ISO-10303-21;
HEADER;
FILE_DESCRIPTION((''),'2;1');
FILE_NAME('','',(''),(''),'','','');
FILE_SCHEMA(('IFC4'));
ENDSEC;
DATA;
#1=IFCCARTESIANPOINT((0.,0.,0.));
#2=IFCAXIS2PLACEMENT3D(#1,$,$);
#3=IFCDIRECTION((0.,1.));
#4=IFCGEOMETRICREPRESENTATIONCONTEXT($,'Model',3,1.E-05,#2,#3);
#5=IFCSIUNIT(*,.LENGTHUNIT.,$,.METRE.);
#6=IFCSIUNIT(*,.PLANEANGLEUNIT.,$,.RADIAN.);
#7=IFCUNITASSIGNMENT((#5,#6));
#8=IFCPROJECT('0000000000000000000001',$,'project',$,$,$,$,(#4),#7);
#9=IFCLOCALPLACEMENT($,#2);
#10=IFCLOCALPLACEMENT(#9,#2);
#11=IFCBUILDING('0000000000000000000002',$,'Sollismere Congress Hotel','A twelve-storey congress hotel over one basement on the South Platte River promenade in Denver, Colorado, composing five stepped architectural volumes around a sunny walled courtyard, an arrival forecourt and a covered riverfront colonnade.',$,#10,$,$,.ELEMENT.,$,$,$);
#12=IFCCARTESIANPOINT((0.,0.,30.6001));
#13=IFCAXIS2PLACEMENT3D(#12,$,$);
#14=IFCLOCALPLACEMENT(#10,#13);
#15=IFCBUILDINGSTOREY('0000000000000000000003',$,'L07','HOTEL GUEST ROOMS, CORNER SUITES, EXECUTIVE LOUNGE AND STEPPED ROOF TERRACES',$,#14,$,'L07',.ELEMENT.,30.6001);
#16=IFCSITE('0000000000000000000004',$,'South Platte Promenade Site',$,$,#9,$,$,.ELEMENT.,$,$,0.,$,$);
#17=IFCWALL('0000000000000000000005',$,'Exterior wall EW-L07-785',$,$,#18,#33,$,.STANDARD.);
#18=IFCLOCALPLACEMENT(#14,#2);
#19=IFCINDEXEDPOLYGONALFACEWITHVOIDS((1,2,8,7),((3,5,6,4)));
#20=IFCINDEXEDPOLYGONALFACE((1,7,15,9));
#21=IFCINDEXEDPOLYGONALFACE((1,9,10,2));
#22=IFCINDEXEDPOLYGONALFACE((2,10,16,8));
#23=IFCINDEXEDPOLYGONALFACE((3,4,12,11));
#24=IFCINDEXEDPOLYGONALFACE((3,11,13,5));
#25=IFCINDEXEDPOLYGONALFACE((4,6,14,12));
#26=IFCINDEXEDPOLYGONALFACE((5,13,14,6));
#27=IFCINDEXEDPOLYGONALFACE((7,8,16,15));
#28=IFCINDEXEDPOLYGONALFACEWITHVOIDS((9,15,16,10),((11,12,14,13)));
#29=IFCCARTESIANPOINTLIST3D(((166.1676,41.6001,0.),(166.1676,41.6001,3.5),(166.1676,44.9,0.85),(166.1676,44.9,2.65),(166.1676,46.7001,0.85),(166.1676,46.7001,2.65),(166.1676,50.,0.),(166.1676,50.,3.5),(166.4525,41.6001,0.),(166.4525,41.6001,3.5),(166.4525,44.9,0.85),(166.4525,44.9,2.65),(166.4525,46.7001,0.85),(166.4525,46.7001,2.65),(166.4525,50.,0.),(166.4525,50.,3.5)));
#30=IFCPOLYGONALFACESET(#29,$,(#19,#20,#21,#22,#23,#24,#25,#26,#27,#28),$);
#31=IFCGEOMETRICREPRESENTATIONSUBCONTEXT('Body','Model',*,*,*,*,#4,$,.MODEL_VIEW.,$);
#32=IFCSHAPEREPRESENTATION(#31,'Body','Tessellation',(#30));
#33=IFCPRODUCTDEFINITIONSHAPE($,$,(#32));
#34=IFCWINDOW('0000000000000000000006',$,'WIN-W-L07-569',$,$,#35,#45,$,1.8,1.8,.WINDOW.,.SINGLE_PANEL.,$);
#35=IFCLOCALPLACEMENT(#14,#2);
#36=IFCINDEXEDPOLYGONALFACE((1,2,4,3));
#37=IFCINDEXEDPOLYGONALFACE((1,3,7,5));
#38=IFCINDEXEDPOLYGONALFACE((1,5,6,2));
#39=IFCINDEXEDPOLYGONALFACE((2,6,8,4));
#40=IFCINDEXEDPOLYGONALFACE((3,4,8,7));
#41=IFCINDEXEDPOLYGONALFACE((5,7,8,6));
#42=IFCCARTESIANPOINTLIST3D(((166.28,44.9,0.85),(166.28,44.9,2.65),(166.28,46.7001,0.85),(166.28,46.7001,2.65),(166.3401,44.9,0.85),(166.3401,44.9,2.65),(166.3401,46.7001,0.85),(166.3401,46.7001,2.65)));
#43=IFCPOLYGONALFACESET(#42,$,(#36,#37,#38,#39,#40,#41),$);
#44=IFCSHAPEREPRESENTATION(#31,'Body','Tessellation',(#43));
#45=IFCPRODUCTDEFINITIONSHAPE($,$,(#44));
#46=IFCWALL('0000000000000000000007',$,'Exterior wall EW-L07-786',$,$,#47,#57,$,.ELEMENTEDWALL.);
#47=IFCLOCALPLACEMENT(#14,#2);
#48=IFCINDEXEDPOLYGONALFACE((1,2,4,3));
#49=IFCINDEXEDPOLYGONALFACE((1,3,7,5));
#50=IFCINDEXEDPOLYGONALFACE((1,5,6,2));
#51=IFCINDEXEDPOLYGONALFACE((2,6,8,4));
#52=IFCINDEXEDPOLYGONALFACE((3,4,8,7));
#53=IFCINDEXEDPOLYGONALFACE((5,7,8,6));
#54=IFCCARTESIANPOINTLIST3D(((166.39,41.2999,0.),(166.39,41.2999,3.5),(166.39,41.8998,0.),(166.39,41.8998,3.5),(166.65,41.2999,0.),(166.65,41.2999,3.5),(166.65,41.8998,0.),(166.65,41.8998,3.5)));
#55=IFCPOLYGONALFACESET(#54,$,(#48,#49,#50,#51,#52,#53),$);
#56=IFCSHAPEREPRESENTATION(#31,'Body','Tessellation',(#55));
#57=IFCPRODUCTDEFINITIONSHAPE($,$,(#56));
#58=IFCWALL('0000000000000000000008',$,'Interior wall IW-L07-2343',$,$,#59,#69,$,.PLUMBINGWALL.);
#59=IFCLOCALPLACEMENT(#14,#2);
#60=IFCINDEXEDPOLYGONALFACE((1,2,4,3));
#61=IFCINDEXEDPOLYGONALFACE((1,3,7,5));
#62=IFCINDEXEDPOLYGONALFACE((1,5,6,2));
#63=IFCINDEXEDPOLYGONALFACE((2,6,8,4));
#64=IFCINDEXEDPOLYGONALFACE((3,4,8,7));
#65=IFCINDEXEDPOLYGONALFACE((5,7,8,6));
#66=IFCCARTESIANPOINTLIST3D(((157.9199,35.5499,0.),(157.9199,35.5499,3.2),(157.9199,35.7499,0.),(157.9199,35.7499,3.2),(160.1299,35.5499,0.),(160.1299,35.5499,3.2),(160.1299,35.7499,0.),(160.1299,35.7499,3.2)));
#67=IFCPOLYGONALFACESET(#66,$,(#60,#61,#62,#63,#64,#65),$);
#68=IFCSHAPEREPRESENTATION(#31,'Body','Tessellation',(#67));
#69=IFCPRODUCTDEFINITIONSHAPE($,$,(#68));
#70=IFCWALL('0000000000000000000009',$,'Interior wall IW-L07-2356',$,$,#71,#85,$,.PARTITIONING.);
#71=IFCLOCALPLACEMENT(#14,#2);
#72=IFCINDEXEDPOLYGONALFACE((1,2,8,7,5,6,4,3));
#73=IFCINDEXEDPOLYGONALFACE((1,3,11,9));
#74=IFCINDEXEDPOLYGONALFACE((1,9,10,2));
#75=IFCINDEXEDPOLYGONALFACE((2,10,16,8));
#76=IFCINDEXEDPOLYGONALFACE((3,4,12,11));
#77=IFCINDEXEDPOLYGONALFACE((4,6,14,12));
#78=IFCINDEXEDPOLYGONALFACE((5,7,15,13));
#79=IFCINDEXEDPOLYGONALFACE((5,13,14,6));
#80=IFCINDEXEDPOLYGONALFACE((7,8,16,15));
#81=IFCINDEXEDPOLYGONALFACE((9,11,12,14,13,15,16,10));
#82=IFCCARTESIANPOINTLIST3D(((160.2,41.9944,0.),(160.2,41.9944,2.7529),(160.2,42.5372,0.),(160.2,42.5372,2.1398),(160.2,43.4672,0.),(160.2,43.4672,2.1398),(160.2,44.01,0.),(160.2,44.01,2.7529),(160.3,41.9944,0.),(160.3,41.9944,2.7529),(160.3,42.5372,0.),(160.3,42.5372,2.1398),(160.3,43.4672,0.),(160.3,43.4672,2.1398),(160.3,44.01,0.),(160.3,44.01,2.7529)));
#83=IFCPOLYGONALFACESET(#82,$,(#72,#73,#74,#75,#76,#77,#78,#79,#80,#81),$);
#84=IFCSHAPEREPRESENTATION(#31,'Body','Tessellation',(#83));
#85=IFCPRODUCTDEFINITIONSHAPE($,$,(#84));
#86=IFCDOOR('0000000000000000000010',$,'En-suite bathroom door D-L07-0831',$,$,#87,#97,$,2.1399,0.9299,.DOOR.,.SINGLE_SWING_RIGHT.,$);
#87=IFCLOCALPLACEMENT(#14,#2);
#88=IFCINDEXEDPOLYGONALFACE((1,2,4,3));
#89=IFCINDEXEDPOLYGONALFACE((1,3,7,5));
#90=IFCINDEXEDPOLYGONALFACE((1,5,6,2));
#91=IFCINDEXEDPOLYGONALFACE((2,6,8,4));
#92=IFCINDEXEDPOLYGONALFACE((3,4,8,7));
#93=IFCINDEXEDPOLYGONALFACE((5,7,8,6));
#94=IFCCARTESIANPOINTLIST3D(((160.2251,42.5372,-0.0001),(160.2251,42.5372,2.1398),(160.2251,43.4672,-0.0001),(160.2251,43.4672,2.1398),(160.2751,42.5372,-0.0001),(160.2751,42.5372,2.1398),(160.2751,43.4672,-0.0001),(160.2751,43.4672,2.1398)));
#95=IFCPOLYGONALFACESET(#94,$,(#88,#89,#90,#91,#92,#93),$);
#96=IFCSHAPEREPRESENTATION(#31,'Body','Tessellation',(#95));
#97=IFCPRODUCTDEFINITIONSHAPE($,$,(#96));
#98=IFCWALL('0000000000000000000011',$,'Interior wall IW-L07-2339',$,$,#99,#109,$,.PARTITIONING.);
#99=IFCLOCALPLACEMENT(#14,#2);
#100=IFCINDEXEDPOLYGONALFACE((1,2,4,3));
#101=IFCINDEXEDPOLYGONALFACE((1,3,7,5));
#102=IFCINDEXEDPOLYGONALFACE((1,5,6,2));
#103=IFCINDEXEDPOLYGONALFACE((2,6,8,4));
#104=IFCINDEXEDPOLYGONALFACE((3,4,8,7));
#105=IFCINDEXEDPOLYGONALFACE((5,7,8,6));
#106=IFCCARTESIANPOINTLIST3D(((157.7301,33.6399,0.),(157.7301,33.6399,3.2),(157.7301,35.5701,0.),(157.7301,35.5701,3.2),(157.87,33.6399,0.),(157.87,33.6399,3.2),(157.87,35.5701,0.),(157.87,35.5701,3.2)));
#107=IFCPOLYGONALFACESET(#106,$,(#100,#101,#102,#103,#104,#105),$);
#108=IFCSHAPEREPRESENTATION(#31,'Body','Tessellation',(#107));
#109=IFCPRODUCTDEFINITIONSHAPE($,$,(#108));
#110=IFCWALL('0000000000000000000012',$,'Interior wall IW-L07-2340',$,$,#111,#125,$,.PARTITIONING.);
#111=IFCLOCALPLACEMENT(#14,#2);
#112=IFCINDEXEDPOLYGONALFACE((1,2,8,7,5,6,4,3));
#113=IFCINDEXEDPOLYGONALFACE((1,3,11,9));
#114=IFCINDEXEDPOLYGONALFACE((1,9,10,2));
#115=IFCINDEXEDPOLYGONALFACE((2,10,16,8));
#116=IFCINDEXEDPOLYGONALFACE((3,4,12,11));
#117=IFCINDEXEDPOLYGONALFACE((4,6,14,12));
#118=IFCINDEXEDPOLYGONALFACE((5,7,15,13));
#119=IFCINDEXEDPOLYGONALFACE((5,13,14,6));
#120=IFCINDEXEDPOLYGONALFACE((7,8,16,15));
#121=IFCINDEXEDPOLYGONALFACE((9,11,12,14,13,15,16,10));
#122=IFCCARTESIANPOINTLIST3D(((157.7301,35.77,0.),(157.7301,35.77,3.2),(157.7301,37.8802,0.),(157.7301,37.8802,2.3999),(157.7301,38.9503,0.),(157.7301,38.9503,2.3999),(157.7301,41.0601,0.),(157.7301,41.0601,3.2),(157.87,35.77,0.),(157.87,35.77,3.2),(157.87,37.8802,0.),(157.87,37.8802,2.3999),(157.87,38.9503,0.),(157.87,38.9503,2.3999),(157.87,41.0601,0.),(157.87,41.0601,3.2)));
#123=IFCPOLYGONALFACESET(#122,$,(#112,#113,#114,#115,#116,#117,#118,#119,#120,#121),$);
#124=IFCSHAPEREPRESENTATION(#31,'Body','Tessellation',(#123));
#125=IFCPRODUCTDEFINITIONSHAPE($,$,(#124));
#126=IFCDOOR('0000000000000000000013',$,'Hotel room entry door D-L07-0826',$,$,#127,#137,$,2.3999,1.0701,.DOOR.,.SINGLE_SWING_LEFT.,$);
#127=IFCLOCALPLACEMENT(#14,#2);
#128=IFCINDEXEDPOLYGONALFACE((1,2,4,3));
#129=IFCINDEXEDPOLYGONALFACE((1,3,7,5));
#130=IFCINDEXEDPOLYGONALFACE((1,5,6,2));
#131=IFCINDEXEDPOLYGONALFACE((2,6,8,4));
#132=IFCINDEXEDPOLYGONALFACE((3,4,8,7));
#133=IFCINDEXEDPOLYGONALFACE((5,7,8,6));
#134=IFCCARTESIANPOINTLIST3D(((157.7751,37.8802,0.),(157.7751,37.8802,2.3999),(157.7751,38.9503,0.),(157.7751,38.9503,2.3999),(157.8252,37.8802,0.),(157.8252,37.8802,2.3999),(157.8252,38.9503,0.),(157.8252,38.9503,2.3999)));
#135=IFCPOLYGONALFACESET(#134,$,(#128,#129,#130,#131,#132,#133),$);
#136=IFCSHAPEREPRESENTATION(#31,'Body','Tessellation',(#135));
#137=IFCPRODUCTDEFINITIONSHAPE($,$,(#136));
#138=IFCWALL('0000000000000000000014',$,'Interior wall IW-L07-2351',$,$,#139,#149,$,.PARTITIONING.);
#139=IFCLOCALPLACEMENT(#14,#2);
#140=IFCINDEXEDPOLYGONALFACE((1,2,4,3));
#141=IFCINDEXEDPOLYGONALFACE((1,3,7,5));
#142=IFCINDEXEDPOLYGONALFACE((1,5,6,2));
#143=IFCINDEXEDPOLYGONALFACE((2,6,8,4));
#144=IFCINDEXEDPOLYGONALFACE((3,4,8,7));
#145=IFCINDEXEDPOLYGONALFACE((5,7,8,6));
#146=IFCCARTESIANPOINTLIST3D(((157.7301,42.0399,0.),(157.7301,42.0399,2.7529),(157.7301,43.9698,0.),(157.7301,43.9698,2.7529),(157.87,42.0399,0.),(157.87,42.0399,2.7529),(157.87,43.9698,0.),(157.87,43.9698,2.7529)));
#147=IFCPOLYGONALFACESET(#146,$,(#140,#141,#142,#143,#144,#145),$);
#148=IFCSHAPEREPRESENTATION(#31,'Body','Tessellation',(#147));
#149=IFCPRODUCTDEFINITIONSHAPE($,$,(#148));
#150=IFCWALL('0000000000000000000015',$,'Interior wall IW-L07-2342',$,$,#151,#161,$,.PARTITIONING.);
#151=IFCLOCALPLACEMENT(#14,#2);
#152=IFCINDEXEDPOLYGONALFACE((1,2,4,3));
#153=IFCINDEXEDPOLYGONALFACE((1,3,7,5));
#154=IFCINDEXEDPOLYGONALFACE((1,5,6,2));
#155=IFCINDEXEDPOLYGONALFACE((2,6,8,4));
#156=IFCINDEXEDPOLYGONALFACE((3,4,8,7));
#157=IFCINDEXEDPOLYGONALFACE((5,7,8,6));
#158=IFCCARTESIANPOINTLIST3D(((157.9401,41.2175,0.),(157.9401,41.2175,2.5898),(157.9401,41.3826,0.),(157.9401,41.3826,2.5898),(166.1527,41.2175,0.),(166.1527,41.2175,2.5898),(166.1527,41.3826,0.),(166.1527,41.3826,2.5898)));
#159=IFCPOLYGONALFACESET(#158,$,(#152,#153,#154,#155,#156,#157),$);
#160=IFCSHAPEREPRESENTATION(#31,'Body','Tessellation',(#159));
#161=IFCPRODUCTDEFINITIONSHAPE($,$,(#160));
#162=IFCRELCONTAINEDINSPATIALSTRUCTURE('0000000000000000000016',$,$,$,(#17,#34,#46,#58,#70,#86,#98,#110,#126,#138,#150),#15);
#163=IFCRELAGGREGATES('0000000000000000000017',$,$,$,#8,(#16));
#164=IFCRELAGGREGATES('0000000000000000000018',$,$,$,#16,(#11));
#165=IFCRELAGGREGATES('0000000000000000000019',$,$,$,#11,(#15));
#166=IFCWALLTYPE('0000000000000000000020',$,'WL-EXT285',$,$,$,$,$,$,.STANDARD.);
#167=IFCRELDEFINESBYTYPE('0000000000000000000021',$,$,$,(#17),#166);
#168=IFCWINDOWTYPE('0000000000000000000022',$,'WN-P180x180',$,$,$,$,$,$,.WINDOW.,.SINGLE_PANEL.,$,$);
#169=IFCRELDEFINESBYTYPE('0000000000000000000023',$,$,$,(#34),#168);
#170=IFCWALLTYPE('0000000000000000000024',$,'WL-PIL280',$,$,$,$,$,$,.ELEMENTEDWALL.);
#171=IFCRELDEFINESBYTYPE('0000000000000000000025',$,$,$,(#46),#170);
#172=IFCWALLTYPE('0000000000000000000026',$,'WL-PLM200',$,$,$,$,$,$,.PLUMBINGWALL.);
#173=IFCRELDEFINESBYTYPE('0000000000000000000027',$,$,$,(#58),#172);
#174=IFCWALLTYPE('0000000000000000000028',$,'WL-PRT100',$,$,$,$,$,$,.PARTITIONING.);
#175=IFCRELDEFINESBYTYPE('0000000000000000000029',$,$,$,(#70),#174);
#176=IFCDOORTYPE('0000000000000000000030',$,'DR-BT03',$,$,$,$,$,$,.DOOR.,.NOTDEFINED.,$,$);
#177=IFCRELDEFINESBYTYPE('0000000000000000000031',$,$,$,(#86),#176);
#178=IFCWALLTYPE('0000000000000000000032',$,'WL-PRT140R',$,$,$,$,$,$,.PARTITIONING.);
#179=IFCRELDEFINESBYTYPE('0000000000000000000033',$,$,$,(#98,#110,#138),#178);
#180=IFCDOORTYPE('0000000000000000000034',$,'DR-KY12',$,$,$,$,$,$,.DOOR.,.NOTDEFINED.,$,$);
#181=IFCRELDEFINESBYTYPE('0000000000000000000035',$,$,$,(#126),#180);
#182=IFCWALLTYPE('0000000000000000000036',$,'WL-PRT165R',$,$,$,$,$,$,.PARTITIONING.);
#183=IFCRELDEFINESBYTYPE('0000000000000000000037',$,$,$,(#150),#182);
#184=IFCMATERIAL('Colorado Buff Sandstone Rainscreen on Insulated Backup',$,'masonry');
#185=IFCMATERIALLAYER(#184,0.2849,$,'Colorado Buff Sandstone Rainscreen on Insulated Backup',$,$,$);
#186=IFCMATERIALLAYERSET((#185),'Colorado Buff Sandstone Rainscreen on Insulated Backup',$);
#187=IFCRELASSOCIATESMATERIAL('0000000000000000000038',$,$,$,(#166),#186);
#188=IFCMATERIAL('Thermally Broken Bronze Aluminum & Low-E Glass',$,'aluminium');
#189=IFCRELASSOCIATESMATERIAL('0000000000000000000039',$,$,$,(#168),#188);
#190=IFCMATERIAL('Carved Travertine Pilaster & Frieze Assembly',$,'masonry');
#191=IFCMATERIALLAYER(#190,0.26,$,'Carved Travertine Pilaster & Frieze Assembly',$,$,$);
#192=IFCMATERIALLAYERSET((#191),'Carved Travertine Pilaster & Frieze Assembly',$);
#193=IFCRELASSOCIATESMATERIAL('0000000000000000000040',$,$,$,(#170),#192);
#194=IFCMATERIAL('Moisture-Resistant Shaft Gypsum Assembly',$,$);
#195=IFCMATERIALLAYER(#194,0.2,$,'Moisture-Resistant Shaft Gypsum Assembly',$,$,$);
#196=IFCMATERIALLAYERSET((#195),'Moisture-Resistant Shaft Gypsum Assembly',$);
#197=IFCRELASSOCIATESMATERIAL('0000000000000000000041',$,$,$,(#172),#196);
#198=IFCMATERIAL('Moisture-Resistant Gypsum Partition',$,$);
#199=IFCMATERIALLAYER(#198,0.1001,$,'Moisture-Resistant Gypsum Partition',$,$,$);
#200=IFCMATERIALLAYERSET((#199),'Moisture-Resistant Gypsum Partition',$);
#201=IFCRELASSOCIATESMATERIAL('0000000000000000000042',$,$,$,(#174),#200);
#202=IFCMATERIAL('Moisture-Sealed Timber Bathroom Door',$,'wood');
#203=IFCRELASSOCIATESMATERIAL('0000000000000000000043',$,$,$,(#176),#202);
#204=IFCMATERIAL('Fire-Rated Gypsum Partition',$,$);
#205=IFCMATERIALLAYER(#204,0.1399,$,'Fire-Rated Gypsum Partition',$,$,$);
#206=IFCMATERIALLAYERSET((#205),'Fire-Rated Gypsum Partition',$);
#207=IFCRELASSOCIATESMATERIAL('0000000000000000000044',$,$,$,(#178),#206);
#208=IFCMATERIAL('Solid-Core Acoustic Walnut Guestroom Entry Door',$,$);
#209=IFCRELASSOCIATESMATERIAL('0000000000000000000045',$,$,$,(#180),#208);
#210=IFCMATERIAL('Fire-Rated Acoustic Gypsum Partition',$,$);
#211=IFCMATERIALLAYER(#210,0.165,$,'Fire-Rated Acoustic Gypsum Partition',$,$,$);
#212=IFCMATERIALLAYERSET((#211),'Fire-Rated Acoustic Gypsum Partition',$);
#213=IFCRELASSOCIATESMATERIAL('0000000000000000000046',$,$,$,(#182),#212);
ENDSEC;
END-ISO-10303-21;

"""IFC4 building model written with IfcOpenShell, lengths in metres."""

from ifc_helpers import new_model, si_unit, direction, frame, frame_2d, origin, place, context, subcontext, project, spatial, rectangle, extrude, material, layer, layer_set, type_object, element, fill, save


model = new_model("IFC4")

# Units and contexts
model_context = context("Model", 3, precision=1e-05, world=origin(), true_north=direction((0.0, 1.0)))
body_context = subcontext(model_context, "Body", "Model", "MODEL_VIEW")
ifc_project = project(units=[si_unit("LENGTHUNIT", "METRE"), si_unit("PLANEANGLEUNIT", "RADIAN")], contexts=[model_context])

# Site, building, storey
site_placement = place(None, origin())
site = spatial("IfcSite", under=ifc_project, at=site_placement, Name="South Platte Promenade Site", CompositionType="ELEMENT", RefElevation=0.0)
building_placement = place(site_placement, origin())
building = spatial("IfcBuilding", under=site, at=building_placement, Name="Sollismere Congress Hotel", Description="A twelve-storey congress hotel over one basement on the South Platte River promenade in Denver, Colorado, composing five stepped architectural volumes around a sunny walled courtyard, an arrival forecourt and a covered riverfront colonnade.", CompositionType="ELEMENT")
storey_placement = place(building_placement, frame((0.0, 0.0, 30.6001)))
storey = spatial("IfcBuildingStorey", under=building, at=storey_placement, Name="L07", Description="HOTEL GUEST ROOMS, CORNER SUITES, EXECUTIVE LOUNGE AND STEPPED ROOF TERRACES", LongName="L07", CompositionType="ELEMENT", Elevation=30.6001)

# Shared definitions
ifc_material_1 = material(Name="Colorado Buff Sandstone Rainscreen on Insulated Backup", Category="masonry")
ifc_layer_1 = layer(ifc_material_1, 0.2849, Name="Colorado Buff Sandstone Rainscreen on Insulated Backup")
ifc_layer_set_1 = layer_set([ifc_layer_1], Name="Colorado Buff Sandstone Rainscreen on Insulated Backup")
wall_type_1 = type_object("IfcWallType", Name="WL-EXT285", PredefinedType="STANDARD", material=ifc_layer_set_1)

# Shared definitions
ifc_material_2 = material(Name="Thermally Broken Bronze Aluminum & Low-E Glass", Category="aluminium")

# Wall, opening, window
wall_1_placement = place(storey_placement, frame((166.3101, 41.6001, 0.0), z_axis=(0.0, 0.0, 1.0), x_axis=(0.0, 1.0, 0.0)))
wall_1 = element("IfcWall", 1, at=wall_1_placement, inside=storey, type_object=wall_type_1, Name="Exterior wall EW-L07-785", PredefinedType="STANDARD", context=body_context, shape_type="SweptSolid", body=[
    extrude(rectangle(XDim=8.3999, YDim=0.2849, at=frame_2d((4.2, 0.0))), origin(), (0.0, 0.0, 1.0), 3.5),
])
opening_1_placement = place(wall_1_placement, frame((3.3, 0.0, 0.8501)))
opening_1 = element("IfcOpeningElement", 2, at=opening_1_placement, cuts=wall_1, PredefinedType="OPENING", context=body_context, shape_type="SweptSolid", body=[
    extrude(rectangle(XDim=1.8, YDim=1.8, at=frame_2d((0.8999, 0.8999))), frame((0.0, 0.1523, 0.0), z_axis=(0.0, -1.0, 0.0), x_axis=(1.0, 0.0, 0.0)), (0.0, 0.0, 1.0), 0.3049),
])
window_type_1 = type_object("IfcWindowType", Name="WN-P180x180", PartitioningType="SINGLE_PANEL", PredefinedType="WINDOW", material=ifc_material_2)
window_1_placement = place(opening_1_placement, origin())
window_1 = element("IfcWindow", 3, at=window_1_placement, inside=storey, type_object=window_type_1, Name="WIN-W-L07-569", OverallHeight=1.8, OverallWidth=1.8, PartitioningType="SINGLE_PANEL", PredefinedType="WINDOW", context=body_context, shape_type="SweptSolid", body=[
    extrude(rectangle(XDim=1.8, YDim=1.8, at=frame_2d((0.8999, 0.8999))), frame((0.0, 0.03, 0.0), z_axis=(0.0, -1.0, 0.0), x_axis=(1.0, 0.0, 0.0)), (0.0, 0.0, 1.0), 0.0601),
])
fill(opening_1, window_1)

# Walls
ifc_material_3 = material(Name="Carved Travertine Pilaster & Frieze Assembly", Category="masonry")
ifc_layer_2 = layer(ifc_material_3, 0.26, Name="Carved Travertine Pilaster & Frieze Assembly")
ifc_layer_set_2 = layer_set([ifc_layer_2], Name="Carved Travertine Pilaster & Frieze Assembly")
wall_type_2 = type_object("IfcWallType", Name="WL-PIL280", PredefinedType="ELEMENTEDWALL", material=ifc_layer_set_2)
wall_2_placement = place(storey_placement, frame((166.52, 41.3, 0.0), z_axis=(0.0, 0.0, 1.0), x_axis=(0.0, 1.0, 0.0)))
element("IfcWall", 4, at=wall_2_placement, inside=storey, type_object=wall_type_2, Name="Exterior wall EW-L07-786", PredefinedType="ELEMENTEDWALL", context=body_context, shape_type="SweptSolid", body=[
    extrude(rectangle(XDim=0.5999, YDim=0.26, at=frame_2d((0.2998, 0.0))), origin(), (0.0, 0.0, 1.0), 3.5),
])
ifc_material_4 = material(Name="Moisture-Resistant Shaft Gypsum Assembly")
ifc_layer_3 = layer(ifc_material_4, 0.2, Name="Moisture-Resistant Shaft Gypsum Assembly")
ifc_layer_set_3 = layer_set([ifc_layer_3], Name="Moisture-Resistant Shaft Gypsum Assembly")
wall_type_3 = type_object("IfcWallType", Name="WL-PLM200", PredefinedType="PLUMBINGWALL", material=ifc_layer_set_3)
wall_3_placement = place(storey_placement, frame((157.9199, 35.6499, 0.0), z_axis=(0.0, 0.0, 1.0), x_axis=(1.0, 0.0, 0.0)))
element("IfcWall", 5, at=wall_3_placement, inside=storey, type_object=wall_type_3, Name="Interior wall IW-L07-2343", PredefinedType="PLUMBINGWALL", context=body_context, shape_type="SweptSolid", body=[
    extrude(rectangle(XDim=2.21, YDim=0.2, at=frame_2d((1.105, 0.0))), origin(), (0.0, 0.0, 1.0), 3.2),
])

# Wall, opening, door
ifc_material_5 = material(Name="Moisture-Resistant Gypsum Partition")
ifc_layer_4 = layer(ifc_material_5, 0.1001, Name="Moisture-Resistant Gypsum Partition")
ifc_layer_set_4 = layer_set([ifc_layer_4], Name="Moisture-Resistant Gypsum Partition")
wall_type_4 = type_object("IfcWallType", Name="WL-PRT100", PredefinedType="PARTITIONING", material=ifc_layer_set_4)
wall_4_placement = place(storey_placement, frame((160.25, 41.9944, 0.0), z_axis=(0.0, 0.0, 1.0), x_axis=(0.0, 1.0, 0.0)))
wall_4 = element("IfcWall", 6, at=wall_4_placement, inside=storey, type_object=wall_type_4, Name="Interior wall IW-L07-2356", PredefinedType="PARTITIONING", context=body_context, shape_type="SweptSolid", body=[
    extrude(rectangle(XDim=2.0156, YDim=0.1001, at=frame_2d((1.0078, 0.0))), origin(), (0.0, 0.0, 1.0), 2.7529),
])
opening_2_placement = place(wall_4_placement, frame((0.543, 0.0, 0.0)))
opening_2 = element("IfcOpeningElement", 7, at=opening_2_placement, cuts=wall_4, PredefinedType="OPENING", context=body_context, shape_type="SweptSolid", body=[
    extrude(rectangle(XDim=0.9299, YDim=2.1399, at=frame_2d((0.4648, 1.0698))), frame((0.0, 0.0601, 0.0), z_axis=(0.0, -1.0, 0.0), x_axis=(1.0, 0.0, 0.0)), (0.0, 0.0, 1.0), 0.1201),
])
ifc_material_6 = material(Name="Moisture-Sealed Timber Bathroom Door", Category="wood")
door_type_1 = type_object("IfcDoorType", Name="DR-BT03", OperationType="NOTDEFINED", PredefinedType="DOOR", material=ifc_material_6)
door_1_placement = place(opening_2_placement, origin())
door_1 = element("IfcDoor", 8, at=door_1_placement, inside=storey, type_object=door_type_1, Name="En-suite bathroom door D-L07-0831", OperationType="SINGLE_SWING_RIGHT", OverallHeight=2.1399, OverallWidth=0.9299, PredefinedType="DOOR", context=body_context, shape_type="SweptSolid", body=[
    extrude(rectangle(XDim=0.9299, YDim=2.1399, at=frame_2d((0.4648, 1.0698))), frame((0.0, 0.0249, 0.0), z_axis=(0.0, -1.0, 0.0), x_axis=(1.0, 0.0, 0.0)), (0.0, 0.0, 1.0), 0.05),
])
fill(opening_2, door_1)

# Wall
ifc_material_7 = material(Name="Fire-Rated Gypsum Partition")
ifc_layer_5 = layer(ifc_material_7, 0.1399, Name="Fire-Rated Gypsum Partition")
ifc_layer_set_5 = layer_set([ifc_layer_5], Name="Fire-Rated Gypsum Partition")
wall_type_5 = type_object("IfcWallType", Name="WL-PRT140R", PredefinedType="PARTITIONING", material=ifc_layer_set_5)
wall_5_placement = place(storey_placement, frame((157.8, 33.6399, 0.0), z_axis=(0.0, 0.0, 1.0), x_axis=(0.0, 1.0, 0.0)))
element("IfcWall", 9, at=wall_5_placement, inside=storey, type_object=wall_type_5, Name="Interior wall IW-L07-2339", PredefinedType="PARTITIONING", context=body_context, shape_type="SweptSolid", body=[
    extrude(rectangle(XDim=1.9302, YDim=0.1399, at=frame_2d((0.9651, 0.0))), origin(), (0.0, 0.0, 1.0), 3.2),
])

# Wall, opening, door
wall_6_placement = place(storey_placement, frame((157.8, 35.77, 0.0), z_axis=(0.0, 0.0, 1.0), x_axis=(0.0, 1.0, 0.0)))
wall_6 = element("IfcWall", 10, at=wall_6_placement, inside=storey, type_object=wall_type_5, Name="Interior wall IW-L07-2340", PredefinedType="PARTITIONING", context=body_context, shape_type="SweptSolid", body=[
    extrude(rectangle(XDim=5.29, YDim=0.1399, at=frame_2d((2.645, 0.0))), origin(), (0.0, 0.0, 1.0), 3.2),
])
opening_3_placement = place(wall_6_placement, frame((2.1101, 0.0, 0.0)))
opening_3 = element("IfcOpeningElement", 11, at=opening_3_placement, cuts=wall_6, PredefinedType="OPENING", context=body_context, shape_type="SweptSolid", body=[
    extrude(rectangle(XDim=1.0701, YDim=2.3999, at=frame_2d((0.5352, 1.2))), frame((0.0, 0.0798, 0.0), z_axis=(0.0, -1.0, 0.0), x_axis=(1.0, 0.0, 0.0)), (0.0, 0.0, 1.0), 0.1599),
])
ifc_material_8 = material(Name="Solid-Core Acoustic Walnut Guestroom Entry Door")
door_type_2 = type_object("IfcDoorType", Name="DR-KY12", OperationType="NOTDEFINED", PredefinedType="DOOR", material=ifc_material_8)
door_2_placement = place(opening_3_placement, origin())
door_2 = element("IfcDoor", 12, at=door_2_placement, inside=storey, type_object=door_type_2, Name="Hotel room entry door D-L07-0826", OperationType="SINGLE_SWING_LEFT", OverallHeight=2.3999, OverallWidth=1.0701, PredefinedType="DOOR", context=body_context, shape_type="SweptSolid", body=[
    extrude(rectangle(XDim=1.0701, YDim=2.3999, at=frame_2d((0.5352, 1.2))), frame((0.0, 0.0249, 0.0), z_axis=(0.0, -1.0, 0.0), x_axis=(1.0, 0.0, 0.0)), (0.0, 0.0, 1.0), 0.05),
])
fill(opening_3, door_2)

# Walls
wall_7_placement = place(storey_placement, frame((157.8, 42.04, 0.0), z_axis=(0.0, 0.0, 1.0), x_axis=(0.0, 1.0, 0.0)))
element("IfcWall", 13, at=wall_7_placement, inside=storey, type_object=wall_type_5, Name="Interior wall IW-L07-2351", PredefinedType="PARTITIONING", context=body_context, shape_type="SweptSolid", body=[
    extrude(rectangle(XDim=1.9299, YDim=0.1399, at=frame_2d((0.9648, 0.0))), origin(), (0.0, 0.0, 1.0), 2.7529),
])
ifc_material_9 = material(Name="Fire-Rated Acoustic Gypsum Partition")
ifc_layer_6 = layer(ifc_material_9, 0.165, Name="Fire-Rated Acoustic Gypsum Partition")
ifc_layer_set_6 = layer_set([ifc_layer_6], Name="Fire-Rated Acoustic Gypsum Partition")
wall_type_6 = type_object("IfcWallType", Name="WL-PRT165R", PredefinedType="PARTITIONING", material=ifc_layer_set_6)
for number, where, z_axis, x_axis, name in (
    (14, (157.9399, 41.3, 0.0), (0.0, 0.0, 1.0), (1.0, 0.0, 0.0), "Interior wall IW-L07-2342"),
):
    element("IfcWall", number, at=place(storey_placement, frame(where, z_axis=z_axis, x_axis=x_axis)), inside=storey, type_object=wall_type_6, Name=name, PredefinedType="PARTITIONING", context=body_context, shape_type="SweptSolid", body=[
        extrude(rectangle(XDim=8.2126, YDim=0.165, at=frame_2d((4.1064, 0.0))), origin(), (0.0, 0.0, 1.0), 2.5898),
    ])

save(model, "model.ifc")
